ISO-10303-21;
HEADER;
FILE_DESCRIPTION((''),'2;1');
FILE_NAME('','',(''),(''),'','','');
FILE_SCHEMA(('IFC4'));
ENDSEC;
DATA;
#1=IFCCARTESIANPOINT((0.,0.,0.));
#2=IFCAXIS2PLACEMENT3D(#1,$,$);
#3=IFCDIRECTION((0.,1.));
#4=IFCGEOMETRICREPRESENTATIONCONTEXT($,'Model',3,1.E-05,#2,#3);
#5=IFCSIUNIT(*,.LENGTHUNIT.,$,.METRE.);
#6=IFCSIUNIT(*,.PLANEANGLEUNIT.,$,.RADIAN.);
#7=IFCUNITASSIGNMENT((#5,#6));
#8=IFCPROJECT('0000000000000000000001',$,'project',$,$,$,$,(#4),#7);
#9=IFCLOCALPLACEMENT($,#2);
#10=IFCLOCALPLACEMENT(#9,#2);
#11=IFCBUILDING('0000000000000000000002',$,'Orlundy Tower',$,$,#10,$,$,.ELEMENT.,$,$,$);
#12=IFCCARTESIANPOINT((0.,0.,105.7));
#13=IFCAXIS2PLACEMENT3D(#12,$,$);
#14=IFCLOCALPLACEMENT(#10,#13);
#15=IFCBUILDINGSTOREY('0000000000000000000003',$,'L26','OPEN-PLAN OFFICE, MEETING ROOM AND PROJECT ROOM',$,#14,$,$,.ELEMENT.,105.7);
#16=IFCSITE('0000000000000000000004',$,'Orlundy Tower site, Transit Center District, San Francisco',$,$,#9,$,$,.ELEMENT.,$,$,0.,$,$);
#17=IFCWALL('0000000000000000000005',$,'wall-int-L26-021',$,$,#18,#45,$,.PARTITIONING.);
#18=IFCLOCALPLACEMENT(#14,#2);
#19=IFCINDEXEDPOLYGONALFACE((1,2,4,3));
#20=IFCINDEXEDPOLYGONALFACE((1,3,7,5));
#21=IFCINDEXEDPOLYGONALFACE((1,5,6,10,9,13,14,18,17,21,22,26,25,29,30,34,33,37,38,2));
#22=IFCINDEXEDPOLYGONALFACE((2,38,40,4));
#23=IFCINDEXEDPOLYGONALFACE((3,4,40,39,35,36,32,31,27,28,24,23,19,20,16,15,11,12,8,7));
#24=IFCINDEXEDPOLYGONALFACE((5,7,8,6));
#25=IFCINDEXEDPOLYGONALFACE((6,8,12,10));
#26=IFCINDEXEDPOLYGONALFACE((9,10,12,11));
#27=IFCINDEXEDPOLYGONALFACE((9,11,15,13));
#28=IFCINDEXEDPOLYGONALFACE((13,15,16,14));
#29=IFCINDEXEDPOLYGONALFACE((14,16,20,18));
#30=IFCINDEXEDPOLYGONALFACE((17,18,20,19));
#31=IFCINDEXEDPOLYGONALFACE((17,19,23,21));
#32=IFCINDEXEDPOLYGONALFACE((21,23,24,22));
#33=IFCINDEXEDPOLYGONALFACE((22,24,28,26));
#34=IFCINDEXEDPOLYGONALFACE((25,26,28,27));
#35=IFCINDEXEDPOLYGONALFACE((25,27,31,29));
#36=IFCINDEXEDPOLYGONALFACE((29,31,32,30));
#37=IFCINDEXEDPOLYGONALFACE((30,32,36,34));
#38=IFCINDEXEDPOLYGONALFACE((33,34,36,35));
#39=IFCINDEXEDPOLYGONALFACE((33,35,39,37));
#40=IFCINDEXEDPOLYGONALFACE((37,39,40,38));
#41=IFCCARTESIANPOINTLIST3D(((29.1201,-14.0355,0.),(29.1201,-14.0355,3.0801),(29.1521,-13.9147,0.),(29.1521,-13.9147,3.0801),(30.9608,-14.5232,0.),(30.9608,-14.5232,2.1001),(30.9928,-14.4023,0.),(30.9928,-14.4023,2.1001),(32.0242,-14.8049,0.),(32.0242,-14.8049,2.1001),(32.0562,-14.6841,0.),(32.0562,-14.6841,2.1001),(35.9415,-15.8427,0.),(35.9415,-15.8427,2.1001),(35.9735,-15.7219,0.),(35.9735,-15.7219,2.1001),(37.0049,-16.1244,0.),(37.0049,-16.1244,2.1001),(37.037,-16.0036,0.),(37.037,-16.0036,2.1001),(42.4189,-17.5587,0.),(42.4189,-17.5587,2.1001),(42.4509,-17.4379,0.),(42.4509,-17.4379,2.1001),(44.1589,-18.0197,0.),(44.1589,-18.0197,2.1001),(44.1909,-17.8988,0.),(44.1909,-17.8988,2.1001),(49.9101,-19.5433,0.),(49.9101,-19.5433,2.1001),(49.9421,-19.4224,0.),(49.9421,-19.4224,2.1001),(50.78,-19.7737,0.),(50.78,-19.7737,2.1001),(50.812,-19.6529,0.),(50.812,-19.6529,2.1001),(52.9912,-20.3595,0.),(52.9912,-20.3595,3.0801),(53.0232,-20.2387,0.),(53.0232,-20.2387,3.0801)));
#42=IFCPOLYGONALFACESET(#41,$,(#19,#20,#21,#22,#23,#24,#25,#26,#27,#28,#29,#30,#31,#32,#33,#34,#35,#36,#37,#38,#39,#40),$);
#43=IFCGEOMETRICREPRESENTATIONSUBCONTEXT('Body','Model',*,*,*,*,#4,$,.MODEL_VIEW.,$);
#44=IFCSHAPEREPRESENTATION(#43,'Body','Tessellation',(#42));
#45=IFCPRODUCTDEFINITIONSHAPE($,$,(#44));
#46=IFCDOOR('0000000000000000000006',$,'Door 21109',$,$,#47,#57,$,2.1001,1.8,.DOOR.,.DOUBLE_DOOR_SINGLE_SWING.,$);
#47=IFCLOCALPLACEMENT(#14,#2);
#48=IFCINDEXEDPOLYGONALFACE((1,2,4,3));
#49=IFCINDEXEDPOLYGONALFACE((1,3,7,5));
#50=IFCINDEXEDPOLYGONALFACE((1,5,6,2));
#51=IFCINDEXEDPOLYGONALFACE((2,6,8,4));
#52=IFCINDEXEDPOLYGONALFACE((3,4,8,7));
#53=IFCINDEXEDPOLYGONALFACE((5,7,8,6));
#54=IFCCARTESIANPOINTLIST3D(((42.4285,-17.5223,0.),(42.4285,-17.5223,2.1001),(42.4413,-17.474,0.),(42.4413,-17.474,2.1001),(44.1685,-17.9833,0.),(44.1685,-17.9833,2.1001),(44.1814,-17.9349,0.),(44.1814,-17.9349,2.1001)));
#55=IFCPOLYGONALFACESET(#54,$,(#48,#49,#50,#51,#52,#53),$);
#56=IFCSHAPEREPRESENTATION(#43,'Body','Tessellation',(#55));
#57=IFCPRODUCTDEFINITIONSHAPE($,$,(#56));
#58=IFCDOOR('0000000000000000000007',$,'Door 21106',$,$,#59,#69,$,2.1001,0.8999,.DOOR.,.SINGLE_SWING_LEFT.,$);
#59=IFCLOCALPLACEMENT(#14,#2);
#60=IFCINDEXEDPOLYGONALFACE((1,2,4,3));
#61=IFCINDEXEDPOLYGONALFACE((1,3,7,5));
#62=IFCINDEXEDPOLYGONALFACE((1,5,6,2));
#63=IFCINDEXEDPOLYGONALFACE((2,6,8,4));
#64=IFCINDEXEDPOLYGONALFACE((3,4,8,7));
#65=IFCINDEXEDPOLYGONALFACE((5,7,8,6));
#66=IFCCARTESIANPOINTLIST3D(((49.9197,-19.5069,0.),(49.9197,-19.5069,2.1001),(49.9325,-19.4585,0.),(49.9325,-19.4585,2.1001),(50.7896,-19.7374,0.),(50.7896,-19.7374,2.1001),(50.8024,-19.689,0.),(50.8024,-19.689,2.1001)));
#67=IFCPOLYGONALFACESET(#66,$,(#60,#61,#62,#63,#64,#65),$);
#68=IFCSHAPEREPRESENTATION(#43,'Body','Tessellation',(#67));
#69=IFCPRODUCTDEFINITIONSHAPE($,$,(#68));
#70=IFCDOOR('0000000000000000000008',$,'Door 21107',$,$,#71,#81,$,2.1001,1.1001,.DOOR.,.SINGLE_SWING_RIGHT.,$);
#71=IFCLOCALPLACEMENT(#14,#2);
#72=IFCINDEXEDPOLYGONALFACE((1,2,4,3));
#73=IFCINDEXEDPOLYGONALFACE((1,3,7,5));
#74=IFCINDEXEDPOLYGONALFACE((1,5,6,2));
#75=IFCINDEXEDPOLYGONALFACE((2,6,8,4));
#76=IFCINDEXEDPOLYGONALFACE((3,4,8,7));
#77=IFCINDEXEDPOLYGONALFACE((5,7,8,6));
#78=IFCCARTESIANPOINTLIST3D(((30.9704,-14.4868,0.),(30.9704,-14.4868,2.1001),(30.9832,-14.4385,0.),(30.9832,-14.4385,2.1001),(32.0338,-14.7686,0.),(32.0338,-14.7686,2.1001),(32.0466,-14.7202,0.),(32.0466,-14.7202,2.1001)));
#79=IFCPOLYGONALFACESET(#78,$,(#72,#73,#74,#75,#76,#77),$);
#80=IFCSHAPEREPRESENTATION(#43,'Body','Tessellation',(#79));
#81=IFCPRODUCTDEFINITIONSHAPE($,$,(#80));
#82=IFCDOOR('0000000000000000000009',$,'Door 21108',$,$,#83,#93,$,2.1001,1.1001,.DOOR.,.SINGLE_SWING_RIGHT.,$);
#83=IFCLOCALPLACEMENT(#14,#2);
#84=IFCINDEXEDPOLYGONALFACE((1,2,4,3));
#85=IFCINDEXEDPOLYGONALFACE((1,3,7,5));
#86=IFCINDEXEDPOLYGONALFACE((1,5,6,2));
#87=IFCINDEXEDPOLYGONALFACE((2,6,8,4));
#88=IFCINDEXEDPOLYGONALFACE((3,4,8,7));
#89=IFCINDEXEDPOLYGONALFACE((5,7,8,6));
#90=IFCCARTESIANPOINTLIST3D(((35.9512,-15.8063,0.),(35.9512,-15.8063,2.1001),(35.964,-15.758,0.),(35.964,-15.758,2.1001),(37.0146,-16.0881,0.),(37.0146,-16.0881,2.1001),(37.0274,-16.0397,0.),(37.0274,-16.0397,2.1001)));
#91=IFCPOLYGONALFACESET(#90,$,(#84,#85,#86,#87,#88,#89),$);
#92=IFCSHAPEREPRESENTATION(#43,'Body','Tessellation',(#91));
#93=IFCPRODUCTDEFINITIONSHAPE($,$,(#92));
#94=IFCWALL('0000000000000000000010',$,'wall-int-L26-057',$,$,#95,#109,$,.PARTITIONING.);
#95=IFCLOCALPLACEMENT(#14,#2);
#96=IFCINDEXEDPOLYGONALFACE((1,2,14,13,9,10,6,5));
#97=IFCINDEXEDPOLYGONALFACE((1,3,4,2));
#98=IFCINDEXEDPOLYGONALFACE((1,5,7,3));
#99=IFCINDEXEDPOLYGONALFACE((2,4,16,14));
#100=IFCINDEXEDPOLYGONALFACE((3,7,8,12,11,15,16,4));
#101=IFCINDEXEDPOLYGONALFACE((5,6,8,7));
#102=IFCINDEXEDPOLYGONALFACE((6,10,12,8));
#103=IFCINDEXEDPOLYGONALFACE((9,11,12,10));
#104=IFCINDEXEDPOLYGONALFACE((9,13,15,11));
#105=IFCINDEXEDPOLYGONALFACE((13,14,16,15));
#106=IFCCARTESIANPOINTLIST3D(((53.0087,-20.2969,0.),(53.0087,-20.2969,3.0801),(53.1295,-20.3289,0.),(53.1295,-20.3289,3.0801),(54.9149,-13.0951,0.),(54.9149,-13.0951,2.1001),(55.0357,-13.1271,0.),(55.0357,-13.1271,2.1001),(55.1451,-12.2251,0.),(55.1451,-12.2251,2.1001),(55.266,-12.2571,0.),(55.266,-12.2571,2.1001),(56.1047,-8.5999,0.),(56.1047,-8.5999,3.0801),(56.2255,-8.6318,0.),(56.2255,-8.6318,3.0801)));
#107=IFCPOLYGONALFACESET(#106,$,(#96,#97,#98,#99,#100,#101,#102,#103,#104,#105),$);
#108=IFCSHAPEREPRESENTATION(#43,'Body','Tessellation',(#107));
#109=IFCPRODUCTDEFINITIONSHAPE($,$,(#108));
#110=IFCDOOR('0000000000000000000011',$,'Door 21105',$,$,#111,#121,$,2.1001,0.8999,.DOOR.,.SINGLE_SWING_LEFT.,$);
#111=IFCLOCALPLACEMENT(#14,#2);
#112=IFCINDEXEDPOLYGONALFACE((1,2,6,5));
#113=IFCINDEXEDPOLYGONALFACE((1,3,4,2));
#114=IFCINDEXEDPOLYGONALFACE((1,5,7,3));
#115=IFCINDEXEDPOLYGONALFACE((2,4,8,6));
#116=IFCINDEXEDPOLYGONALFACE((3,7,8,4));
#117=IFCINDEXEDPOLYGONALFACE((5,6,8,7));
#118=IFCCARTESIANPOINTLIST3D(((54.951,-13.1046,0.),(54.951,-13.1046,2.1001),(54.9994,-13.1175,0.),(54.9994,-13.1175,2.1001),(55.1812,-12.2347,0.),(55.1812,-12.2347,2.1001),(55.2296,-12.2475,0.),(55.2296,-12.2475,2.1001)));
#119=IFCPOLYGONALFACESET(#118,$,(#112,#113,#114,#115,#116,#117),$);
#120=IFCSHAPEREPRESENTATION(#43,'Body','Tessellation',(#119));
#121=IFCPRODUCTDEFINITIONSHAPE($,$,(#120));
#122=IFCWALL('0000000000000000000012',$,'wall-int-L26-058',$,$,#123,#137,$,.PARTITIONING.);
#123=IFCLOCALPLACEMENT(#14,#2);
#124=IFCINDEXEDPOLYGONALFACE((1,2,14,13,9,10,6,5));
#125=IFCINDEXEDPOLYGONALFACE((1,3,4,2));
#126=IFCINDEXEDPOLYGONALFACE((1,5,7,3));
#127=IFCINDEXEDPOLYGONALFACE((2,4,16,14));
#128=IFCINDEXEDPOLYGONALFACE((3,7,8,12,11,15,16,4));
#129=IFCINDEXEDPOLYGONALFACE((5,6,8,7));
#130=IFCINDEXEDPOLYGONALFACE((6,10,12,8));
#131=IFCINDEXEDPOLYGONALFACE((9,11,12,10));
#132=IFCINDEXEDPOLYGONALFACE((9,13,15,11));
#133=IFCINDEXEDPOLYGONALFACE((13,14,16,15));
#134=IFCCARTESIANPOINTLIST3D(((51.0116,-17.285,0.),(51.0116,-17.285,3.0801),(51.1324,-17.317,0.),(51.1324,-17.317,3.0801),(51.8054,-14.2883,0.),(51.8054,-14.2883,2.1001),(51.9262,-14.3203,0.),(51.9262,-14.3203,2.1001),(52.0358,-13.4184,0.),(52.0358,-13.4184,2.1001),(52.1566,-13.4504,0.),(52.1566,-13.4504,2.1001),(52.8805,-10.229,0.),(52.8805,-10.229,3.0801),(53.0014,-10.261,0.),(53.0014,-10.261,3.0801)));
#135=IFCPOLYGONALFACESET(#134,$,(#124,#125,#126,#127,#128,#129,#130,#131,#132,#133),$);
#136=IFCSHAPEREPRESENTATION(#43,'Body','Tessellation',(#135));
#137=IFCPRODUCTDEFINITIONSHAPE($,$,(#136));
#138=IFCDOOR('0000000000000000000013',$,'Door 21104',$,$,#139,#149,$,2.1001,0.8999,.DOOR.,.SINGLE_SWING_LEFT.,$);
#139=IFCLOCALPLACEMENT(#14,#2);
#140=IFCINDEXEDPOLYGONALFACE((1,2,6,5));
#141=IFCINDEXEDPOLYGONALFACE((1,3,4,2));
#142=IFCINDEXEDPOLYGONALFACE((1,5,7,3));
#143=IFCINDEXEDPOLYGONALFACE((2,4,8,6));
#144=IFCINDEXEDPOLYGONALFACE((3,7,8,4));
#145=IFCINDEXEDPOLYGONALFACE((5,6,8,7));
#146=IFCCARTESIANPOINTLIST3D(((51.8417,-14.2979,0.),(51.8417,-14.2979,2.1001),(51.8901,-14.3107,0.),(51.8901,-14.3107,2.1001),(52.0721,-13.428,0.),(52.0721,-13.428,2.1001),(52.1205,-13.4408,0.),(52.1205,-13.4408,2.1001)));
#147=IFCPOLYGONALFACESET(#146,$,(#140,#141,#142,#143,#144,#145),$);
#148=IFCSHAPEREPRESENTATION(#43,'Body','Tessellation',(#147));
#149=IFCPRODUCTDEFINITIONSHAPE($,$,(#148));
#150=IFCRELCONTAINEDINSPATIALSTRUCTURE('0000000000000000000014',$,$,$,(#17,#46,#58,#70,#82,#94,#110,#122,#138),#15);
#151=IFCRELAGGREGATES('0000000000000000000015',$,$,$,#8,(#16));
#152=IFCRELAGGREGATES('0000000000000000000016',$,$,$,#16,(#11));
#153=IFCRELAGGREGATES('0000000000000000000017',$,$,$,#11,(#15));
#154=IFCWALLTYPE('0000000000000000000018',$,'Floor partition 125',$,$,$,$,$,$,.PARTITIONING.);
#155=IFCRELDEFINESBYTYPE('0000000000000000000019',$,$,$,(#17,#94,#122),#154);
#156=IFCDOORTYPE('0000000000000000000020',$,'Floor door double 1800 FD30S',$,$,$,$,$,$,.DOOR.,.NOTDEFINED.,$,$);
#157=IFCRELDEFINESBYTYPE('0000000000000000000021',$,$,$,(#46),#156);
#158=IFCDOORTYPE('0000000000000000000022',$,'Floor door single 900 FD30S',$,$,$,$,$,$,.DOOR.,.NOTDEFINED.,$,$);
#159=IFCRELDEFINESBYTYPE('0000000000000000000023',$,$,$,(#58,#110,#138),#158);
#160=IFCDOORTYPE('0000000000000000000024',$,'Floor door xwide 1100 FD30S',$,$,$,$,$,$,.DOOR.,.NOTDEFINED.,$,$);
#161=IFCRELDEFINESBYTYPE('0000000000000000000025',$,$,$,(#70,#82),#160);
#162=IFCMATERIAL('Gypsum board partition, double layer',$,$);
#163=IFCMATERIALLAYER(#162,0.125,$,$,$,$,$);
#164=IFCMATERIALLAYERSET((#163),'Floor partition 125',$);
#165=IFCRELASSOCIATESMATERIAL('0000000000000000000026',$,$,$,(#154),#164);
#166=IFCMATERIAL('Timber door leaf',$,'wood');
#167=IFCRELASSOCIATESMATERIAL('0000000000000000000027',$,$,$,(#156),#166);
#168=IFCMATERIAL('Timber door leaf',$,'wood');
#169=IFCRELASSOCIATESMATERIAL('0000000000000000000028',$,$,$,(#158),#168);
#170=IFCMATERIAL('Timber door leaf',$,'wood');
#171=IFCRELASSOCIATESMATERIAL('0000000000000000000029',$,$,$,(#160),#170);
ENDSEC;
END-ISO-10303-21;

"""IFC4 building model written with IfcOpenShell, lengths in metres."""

from ifc_helpers import new_model, si_unit, direction, frame, frame_2d, origin, place, context, subcontext, project, spatial, rectangle, extrude, material, layer, layer_set, type_object, element, fill, save


model = new_model("IFC4")

# Units and contexts
model_context = context("Model", 3, precision=1e-05, world=origin(), true_north=direction((0.0, 1.0)))
body_context = subcontext(model_context, "Body", "Model", "MODEL_VIEW")
ifc_project = project(units=[si_unit("LENGTHUNIT", "METRE"), si_unit("PLANEANGLEUNIT", "RADIAN")], contexts=[model_context])

# Site, building, storey
site_placement = place(None, origin())
site = spatial("IfcSite", under=ifc_project, at=site_placement, Name="Orlundy Tower site, Transit Center District, San Francisco", CompositionType="ELEMENT", RefElevation=0.0)
building_placement = place(site_placement, origin())
building = spatial("IfcBuilding", under=site, at=building_placement, Name="Orlundy Tower", CompositionType="ELEMENT")
storey_placement = place(building_placement, frame((0.0, 0.0, 105.7)))
storey = spatial("IfcBuildingStorey", under=building, at=storey_placement, Name="L26", Description="OPEN-PLAN OFFICE, MEETING ROOM AND PROJECT ROOM", CompositionType="ELEMENT", Elevation=105.7)

# Shared definitions
ifc_material_1 = material(Name="Gypsum board partition, double layer")
ifc_layer_1 = layer(ifc_material_1, 0.125)
ifc_layer_set_1 = layer_set([ifc_layer_1], Name="Floor partition 125")
wall_type_1 = type_object("IfcWallType", Name="Floor partition 125", PredefinedType="PARTITIONING", material=ifc_layer_set_1)

# Wall, openings, doors
wall_1_placement = place(storey_placement, frame((53.0071, -20.2991, 0.0), z_axis=(0.0, 0.0, 1.0), x_axis=(-0.966654, 0.256088, 0.0)))
wall_1 = element("IfcWall", 1, at=wall_1_placement, inside=storey, type_object=wall_type_1, Name="wall-int-L26-021", PredefinedType="PARTITIONING", context=body_context, shape_type="SweptSolid", body=[
    extrude(rectangle(XDim=24.6946, YDim=0.125, at=frame_2d((12.3472, 0.0))), origin(), (0.0, 0.0, 1.0), 3.0801),
])
opening_1_placement = place(wall_1_placement, frame((2.2874, 0.0, 0.0)))
opening_1 = element("IfcOpeningElement", 2, at=opening_1_placement, cuts=wall_1, PredefinedType="OPENING", context=body_context, shape_type="SweptSolid", body=[
    extrude(rectangle(XDim=0.8999, YDim=2.1001, at=frame_2d((0.45, 1.05))), frame((0.0, 0.0725, 0.0), z_axis=(0.0, -1.0, 0.0), x_axis=(1.0, 0.0, 0.0)), (0.0, 0.0, 1.0), 0.145),
])
opening_2_placement = place(wall_1_placement, frame((21.6902, 0.0, 0.0)))
opening_2 = element("IfcOpeningElement", 3, at=opening_2_placement, cuts=wall_1, PredefinedType="OPENING", context=body_context, shape_type="SweptSolid", body=[
    extrude(rectangle(XDim=1.1001, YDim=2.1001, at=frame_2d((0.55, 1.05))), frame((0.0, 0.0725, 0.0), z_axis=(0.0, -1.0, 0.0), x_axis=(1.0, 0.0, 0.0)), (0.0, 0.0, 1.0), 0.145),
])
opening_3_placement = place(wall_1_placement, frame((16.5376, 0.0, 0.0)))
opening_3 = element("IfcOpeningElement", 4, at=opening_3_placement, cuts=wall_1, PredefinedType="OPENING", context=body_context, shape_type="SweptSolid", body=[
    extrude(rectangle(XDim=1.1001, YDim=2.1001, at=frame_2d((0.55, 1.05))), frame((0.0, 0.0725, 0.0), z_axis=(0.0, -1.0, 0.0), x_axis=(1.0, 0.0, 0.0)), (0.0, 0.0, 1.0), 0.145),
])
opening_4_placement = place(wall_1_placement, frame((9.137, 0.0, 0.0)))
opening_4 = element("IfcOpeningElement", 5, at=opening_4_placement, cuts=wall_1, PredefinedType="OPENING", context=body_context, shape_type="SweptSolid", body=[
    extrude(rectangle(XDim=1.8, YDim=2.1001, at=frame_2d((0.8999, 1.05))), frame((0.0, 0.0725, 0.0), z_axis=(0.0, -1.0, 0.0), x_axis=(1.0, 0.0, 0.0)), (0.0, 0.0, 1.0), 0.145),
])
ifc_material_2 = material(Name="Timber door leaf", Category="wood")
door_type_1 = type_object("IfcDoorType", Name="Floor door double 1800 FD30S", OperationType="NOTDEFINED", PredefinedType="DOOR", material=ifc_material_2)
door_1_placement = place(opening_4_placement, origin())
door_1 = element("IfcDoor", 6, at=door_1_placement, inside=storey, type_object=door_type_1, Name="Door 21109", OperationType="DOUBLE_DOOR_SINGLE_SWING", OverallHeight=2.1001, OverallWidth=1.8, PredefinedType="DOOR", context=body_context, shape_type="SweptSolid", body=[
    extrude(rectangle(XDim=1.8, YDim=2.1001, at=frame_2d((0.8999, 1.05))), frame((0.0, 0.0249, 0.0), z_axis=(0.0, -1.0, 0.0), x_axis=(1.0, 0.0, 0.0)), (0.0, 0.0, 1.0), 0.05),
])
fill(opening_4, door_1)
ifc_material_3 = material(Name="Timber door leaf", Category="wood")
door_type_2 = type_object("IfcDoorType", Name="Floor door single 900 FD30S", OperationType="NOTDEFINED", PredefinedType="DOOR", material=ifc_material_3)
door_2_placement = place(opening_1_placement, origin())
door_2 = element("IfcDoor", 7, at=door_2_placement, inside=storey, type_object=door_type_2, Name="Door 21106", OperationType="SINGLE_SWING_LEFT", OverallHeight=2.1001, OverallWidth=0.8999, PredefinedType="DOOR", context=body_context, shape_type="SweptSolid", body=[
    extrude(rectangle(XDim=0.8999, YDim=2.1001, at=frame_2d((0.45, 1.05))), frame((0.0, 0.0249, 0.0), z_axis=(0.0, -1.0, 0.0), x_axis=(1.0, 0.0, 0.0)), (0.0, 0.0, 1.0), 0.05),
])
fill(opening_1, door_2)
ifc_material_4 = material(Name="Timber door leaf", Category="wood")
door_type_3 = type_object("IfcDoorType", Name="Floor door xwide 1100 FD30S", OperationType="NOTDEFINED", PredefinedType="DOOR", material=ifc_material_4)
door_3_placement = place(opening_2_placement, origin())
door_3 = element("IfcDoor", 8, at=door_3_placement, inside=storey, type_object=door_type_3, Name="Door 21107", OperationType="SINGLE_SWING_RIGHT", OverallHeight=2.1001, OverallWidth=1.1001, PredefinedType="DOOR", context=body_context, shape_type="SweptSolid", body=[
    extrude(rectangle(XDim=1.1001, YDim=2.1001, at=frame_2d((0.55, 1.05))), frame((0.0, 0.0249, 0.0), z_axis=(0.0, -1.0, 0.0), x_axis=(1.0, 0.0, 0.0)), (0.0, 0.0, 1.0), 0.05),
])
fill(opening_2, door_3)
door_4_placement = place(opening_3_placement, origin())
door_4 = element("IfcDoor", 9, at=door_4_placement, inside=storey, type_object=door_type_3, Name="Door 21108", OperationType="SINGLE_SWING_RIGHT", OverallHeight=2.1001, OverallWidth=1.1001, PredefinedType="DOOR", context=body_context, shape_type="SweptSolid", body=[
    extrude(rectangle(XDim=1.1001, YDim=2.1001, at=frame_2d((0.55, 1.05))), frame((0.0, 0.0249, 0.0), z_axis=(0.0, -1.0, 0.0), x_axis=(1.0, 0.0, 0.0)), (0.0, 0.0, 1.0), 0.05),
])
fill(opening_3, door_4)

# Walls, openings, doors
wall_2_placement = place(storey_placement, frame((56.165, -8.616, 0.0), z_axis=(0.0, 0.0, 1.0), x_axis=(-0.255868, -0.966712, 0.0)))
wall_2 = element("IfcWall", 10, at=wall_2_placement, inside=storey, type_object=wall_type_1, Name="wall-int-L26-057", PredefinedType="PARTITIONING", context=body_context, shape_type="SweptSolid", body=[
    extrude(rectangle(XDim=12.0999, YDim=0.125, at=frame_2d((6.0498, 0.0))), origin(), (0.0, 0.0, 1.0), 3.0801),
])
opening_5_placement = place(wall_2_placement, frame((3.75, 0.0, 0.0)))
opening_5 = element("IfcOpeningElement", 11, at=opening_5_placement, cuts=wall_2, PredefinedType="OPENING", context=body_context, shape_type="SweptSolid", body=[
    extrude(rectangle(XDim=0.8999, YDim=2.1001, at=frame_2d((0.45, 1.05))), frame((0.0, 0.0725, 0.0), z_axis=(0.0, -1.0, 0.0), x_axis=(1.0, 0.0, 0.0)), (0.0, 0.0, 1.0), 0.145),
])
door_5_placement = place(opening_5_placement, origin())
door_5 = element("IfcDoor", 12, at=door_5_placement, inside=storey, type_object=door_type_2, Name="Door 21105", OperationType="SINGLE_SWING_LEFT", OverallHeight=2.1001, OverallWidth=0.8999, PredefinedType="DOOR", context=body_context, shape_type="SweptSolid", body=[
    extrude(rectangle(XDim=0.8999, YDim=2.1001, at=frame_2d((0.45, 1.05))), frame((0.0, 0.0249, 0.0), z_axis=(0.0, -1.0, 0.0), x_axis=(1.0, 0.0, 0.0)), (0.0, 0.0, 1.0), 0.05),
])
fill(opening_5, door_5)
wall_3_placement = place(storey_placement, frame((51.072, -17.301, 0.0), z_axis=(0.0, 0.0, 1.0), x_axis=(0.256041, 0.966666, 0.0)))
wall_3 = element("IfcWall", 13, at=wall_3_placement, inside=storey, type_object=wall_type_1, Name="wall-int-L26-058", PredefinedType="PARTITIONING", context=body_context, shape_type="SweptSolid", body=[
    extrude(rectangle(XDim=7.2993, YDim=0.125, at=frame_2d((3.6497, 0.0))), origin(), (0.0, 0.0, 1.0), 3.0801),
])
opening_6_placement = place(wall_3_placement, frame((3.1001, 0.0, 0.0)))
opening_6 = element("IfcOpeningElement", 14, at=opening_6_placement, cuts=wall_3, PredefinedType="OPENING", context=body_context, shape_type="SweptSolid", body=[
    extrude(rectangle(XDim=0.8999, YDim=2.1001, at=frame_2d((0.45, 1.05))), frame((0.0, 0.0725, 0.0), z_axis=(0.0, -1.0, 0.0), x_axis=(1.0, 0.0, 0.0)), (0.0, 0.0, 1.0), 0.145),
])
door_6_placement = place(opening_6_placement, origin())
door_6 = element("IfcDoor", 15, at=door_6_placement, inside=storey, type_object=door_type_2, Name="Door 21104", OperationType="SINGLE_SWING_LEFT", OverallHeight=2.1001, OverallWidth=0.8999, PredefinedType="DOOR", context=body_context, shape_type="SweptSolid", body=[
    extrude(rectangle(XDim=0.8999, YDim=2.1001, at=frame_2d((0.45, 1.05))), frame((0.0, 0.0249, 0.0), z_axis=(0.0, -1.0, 0.0), x_axis=(1.0, 0.0, 0.0)), (0.0, 0.0, 1.0), 0.05),
])
fill(opening_6, door_6)

save(model, "model.ifc")
